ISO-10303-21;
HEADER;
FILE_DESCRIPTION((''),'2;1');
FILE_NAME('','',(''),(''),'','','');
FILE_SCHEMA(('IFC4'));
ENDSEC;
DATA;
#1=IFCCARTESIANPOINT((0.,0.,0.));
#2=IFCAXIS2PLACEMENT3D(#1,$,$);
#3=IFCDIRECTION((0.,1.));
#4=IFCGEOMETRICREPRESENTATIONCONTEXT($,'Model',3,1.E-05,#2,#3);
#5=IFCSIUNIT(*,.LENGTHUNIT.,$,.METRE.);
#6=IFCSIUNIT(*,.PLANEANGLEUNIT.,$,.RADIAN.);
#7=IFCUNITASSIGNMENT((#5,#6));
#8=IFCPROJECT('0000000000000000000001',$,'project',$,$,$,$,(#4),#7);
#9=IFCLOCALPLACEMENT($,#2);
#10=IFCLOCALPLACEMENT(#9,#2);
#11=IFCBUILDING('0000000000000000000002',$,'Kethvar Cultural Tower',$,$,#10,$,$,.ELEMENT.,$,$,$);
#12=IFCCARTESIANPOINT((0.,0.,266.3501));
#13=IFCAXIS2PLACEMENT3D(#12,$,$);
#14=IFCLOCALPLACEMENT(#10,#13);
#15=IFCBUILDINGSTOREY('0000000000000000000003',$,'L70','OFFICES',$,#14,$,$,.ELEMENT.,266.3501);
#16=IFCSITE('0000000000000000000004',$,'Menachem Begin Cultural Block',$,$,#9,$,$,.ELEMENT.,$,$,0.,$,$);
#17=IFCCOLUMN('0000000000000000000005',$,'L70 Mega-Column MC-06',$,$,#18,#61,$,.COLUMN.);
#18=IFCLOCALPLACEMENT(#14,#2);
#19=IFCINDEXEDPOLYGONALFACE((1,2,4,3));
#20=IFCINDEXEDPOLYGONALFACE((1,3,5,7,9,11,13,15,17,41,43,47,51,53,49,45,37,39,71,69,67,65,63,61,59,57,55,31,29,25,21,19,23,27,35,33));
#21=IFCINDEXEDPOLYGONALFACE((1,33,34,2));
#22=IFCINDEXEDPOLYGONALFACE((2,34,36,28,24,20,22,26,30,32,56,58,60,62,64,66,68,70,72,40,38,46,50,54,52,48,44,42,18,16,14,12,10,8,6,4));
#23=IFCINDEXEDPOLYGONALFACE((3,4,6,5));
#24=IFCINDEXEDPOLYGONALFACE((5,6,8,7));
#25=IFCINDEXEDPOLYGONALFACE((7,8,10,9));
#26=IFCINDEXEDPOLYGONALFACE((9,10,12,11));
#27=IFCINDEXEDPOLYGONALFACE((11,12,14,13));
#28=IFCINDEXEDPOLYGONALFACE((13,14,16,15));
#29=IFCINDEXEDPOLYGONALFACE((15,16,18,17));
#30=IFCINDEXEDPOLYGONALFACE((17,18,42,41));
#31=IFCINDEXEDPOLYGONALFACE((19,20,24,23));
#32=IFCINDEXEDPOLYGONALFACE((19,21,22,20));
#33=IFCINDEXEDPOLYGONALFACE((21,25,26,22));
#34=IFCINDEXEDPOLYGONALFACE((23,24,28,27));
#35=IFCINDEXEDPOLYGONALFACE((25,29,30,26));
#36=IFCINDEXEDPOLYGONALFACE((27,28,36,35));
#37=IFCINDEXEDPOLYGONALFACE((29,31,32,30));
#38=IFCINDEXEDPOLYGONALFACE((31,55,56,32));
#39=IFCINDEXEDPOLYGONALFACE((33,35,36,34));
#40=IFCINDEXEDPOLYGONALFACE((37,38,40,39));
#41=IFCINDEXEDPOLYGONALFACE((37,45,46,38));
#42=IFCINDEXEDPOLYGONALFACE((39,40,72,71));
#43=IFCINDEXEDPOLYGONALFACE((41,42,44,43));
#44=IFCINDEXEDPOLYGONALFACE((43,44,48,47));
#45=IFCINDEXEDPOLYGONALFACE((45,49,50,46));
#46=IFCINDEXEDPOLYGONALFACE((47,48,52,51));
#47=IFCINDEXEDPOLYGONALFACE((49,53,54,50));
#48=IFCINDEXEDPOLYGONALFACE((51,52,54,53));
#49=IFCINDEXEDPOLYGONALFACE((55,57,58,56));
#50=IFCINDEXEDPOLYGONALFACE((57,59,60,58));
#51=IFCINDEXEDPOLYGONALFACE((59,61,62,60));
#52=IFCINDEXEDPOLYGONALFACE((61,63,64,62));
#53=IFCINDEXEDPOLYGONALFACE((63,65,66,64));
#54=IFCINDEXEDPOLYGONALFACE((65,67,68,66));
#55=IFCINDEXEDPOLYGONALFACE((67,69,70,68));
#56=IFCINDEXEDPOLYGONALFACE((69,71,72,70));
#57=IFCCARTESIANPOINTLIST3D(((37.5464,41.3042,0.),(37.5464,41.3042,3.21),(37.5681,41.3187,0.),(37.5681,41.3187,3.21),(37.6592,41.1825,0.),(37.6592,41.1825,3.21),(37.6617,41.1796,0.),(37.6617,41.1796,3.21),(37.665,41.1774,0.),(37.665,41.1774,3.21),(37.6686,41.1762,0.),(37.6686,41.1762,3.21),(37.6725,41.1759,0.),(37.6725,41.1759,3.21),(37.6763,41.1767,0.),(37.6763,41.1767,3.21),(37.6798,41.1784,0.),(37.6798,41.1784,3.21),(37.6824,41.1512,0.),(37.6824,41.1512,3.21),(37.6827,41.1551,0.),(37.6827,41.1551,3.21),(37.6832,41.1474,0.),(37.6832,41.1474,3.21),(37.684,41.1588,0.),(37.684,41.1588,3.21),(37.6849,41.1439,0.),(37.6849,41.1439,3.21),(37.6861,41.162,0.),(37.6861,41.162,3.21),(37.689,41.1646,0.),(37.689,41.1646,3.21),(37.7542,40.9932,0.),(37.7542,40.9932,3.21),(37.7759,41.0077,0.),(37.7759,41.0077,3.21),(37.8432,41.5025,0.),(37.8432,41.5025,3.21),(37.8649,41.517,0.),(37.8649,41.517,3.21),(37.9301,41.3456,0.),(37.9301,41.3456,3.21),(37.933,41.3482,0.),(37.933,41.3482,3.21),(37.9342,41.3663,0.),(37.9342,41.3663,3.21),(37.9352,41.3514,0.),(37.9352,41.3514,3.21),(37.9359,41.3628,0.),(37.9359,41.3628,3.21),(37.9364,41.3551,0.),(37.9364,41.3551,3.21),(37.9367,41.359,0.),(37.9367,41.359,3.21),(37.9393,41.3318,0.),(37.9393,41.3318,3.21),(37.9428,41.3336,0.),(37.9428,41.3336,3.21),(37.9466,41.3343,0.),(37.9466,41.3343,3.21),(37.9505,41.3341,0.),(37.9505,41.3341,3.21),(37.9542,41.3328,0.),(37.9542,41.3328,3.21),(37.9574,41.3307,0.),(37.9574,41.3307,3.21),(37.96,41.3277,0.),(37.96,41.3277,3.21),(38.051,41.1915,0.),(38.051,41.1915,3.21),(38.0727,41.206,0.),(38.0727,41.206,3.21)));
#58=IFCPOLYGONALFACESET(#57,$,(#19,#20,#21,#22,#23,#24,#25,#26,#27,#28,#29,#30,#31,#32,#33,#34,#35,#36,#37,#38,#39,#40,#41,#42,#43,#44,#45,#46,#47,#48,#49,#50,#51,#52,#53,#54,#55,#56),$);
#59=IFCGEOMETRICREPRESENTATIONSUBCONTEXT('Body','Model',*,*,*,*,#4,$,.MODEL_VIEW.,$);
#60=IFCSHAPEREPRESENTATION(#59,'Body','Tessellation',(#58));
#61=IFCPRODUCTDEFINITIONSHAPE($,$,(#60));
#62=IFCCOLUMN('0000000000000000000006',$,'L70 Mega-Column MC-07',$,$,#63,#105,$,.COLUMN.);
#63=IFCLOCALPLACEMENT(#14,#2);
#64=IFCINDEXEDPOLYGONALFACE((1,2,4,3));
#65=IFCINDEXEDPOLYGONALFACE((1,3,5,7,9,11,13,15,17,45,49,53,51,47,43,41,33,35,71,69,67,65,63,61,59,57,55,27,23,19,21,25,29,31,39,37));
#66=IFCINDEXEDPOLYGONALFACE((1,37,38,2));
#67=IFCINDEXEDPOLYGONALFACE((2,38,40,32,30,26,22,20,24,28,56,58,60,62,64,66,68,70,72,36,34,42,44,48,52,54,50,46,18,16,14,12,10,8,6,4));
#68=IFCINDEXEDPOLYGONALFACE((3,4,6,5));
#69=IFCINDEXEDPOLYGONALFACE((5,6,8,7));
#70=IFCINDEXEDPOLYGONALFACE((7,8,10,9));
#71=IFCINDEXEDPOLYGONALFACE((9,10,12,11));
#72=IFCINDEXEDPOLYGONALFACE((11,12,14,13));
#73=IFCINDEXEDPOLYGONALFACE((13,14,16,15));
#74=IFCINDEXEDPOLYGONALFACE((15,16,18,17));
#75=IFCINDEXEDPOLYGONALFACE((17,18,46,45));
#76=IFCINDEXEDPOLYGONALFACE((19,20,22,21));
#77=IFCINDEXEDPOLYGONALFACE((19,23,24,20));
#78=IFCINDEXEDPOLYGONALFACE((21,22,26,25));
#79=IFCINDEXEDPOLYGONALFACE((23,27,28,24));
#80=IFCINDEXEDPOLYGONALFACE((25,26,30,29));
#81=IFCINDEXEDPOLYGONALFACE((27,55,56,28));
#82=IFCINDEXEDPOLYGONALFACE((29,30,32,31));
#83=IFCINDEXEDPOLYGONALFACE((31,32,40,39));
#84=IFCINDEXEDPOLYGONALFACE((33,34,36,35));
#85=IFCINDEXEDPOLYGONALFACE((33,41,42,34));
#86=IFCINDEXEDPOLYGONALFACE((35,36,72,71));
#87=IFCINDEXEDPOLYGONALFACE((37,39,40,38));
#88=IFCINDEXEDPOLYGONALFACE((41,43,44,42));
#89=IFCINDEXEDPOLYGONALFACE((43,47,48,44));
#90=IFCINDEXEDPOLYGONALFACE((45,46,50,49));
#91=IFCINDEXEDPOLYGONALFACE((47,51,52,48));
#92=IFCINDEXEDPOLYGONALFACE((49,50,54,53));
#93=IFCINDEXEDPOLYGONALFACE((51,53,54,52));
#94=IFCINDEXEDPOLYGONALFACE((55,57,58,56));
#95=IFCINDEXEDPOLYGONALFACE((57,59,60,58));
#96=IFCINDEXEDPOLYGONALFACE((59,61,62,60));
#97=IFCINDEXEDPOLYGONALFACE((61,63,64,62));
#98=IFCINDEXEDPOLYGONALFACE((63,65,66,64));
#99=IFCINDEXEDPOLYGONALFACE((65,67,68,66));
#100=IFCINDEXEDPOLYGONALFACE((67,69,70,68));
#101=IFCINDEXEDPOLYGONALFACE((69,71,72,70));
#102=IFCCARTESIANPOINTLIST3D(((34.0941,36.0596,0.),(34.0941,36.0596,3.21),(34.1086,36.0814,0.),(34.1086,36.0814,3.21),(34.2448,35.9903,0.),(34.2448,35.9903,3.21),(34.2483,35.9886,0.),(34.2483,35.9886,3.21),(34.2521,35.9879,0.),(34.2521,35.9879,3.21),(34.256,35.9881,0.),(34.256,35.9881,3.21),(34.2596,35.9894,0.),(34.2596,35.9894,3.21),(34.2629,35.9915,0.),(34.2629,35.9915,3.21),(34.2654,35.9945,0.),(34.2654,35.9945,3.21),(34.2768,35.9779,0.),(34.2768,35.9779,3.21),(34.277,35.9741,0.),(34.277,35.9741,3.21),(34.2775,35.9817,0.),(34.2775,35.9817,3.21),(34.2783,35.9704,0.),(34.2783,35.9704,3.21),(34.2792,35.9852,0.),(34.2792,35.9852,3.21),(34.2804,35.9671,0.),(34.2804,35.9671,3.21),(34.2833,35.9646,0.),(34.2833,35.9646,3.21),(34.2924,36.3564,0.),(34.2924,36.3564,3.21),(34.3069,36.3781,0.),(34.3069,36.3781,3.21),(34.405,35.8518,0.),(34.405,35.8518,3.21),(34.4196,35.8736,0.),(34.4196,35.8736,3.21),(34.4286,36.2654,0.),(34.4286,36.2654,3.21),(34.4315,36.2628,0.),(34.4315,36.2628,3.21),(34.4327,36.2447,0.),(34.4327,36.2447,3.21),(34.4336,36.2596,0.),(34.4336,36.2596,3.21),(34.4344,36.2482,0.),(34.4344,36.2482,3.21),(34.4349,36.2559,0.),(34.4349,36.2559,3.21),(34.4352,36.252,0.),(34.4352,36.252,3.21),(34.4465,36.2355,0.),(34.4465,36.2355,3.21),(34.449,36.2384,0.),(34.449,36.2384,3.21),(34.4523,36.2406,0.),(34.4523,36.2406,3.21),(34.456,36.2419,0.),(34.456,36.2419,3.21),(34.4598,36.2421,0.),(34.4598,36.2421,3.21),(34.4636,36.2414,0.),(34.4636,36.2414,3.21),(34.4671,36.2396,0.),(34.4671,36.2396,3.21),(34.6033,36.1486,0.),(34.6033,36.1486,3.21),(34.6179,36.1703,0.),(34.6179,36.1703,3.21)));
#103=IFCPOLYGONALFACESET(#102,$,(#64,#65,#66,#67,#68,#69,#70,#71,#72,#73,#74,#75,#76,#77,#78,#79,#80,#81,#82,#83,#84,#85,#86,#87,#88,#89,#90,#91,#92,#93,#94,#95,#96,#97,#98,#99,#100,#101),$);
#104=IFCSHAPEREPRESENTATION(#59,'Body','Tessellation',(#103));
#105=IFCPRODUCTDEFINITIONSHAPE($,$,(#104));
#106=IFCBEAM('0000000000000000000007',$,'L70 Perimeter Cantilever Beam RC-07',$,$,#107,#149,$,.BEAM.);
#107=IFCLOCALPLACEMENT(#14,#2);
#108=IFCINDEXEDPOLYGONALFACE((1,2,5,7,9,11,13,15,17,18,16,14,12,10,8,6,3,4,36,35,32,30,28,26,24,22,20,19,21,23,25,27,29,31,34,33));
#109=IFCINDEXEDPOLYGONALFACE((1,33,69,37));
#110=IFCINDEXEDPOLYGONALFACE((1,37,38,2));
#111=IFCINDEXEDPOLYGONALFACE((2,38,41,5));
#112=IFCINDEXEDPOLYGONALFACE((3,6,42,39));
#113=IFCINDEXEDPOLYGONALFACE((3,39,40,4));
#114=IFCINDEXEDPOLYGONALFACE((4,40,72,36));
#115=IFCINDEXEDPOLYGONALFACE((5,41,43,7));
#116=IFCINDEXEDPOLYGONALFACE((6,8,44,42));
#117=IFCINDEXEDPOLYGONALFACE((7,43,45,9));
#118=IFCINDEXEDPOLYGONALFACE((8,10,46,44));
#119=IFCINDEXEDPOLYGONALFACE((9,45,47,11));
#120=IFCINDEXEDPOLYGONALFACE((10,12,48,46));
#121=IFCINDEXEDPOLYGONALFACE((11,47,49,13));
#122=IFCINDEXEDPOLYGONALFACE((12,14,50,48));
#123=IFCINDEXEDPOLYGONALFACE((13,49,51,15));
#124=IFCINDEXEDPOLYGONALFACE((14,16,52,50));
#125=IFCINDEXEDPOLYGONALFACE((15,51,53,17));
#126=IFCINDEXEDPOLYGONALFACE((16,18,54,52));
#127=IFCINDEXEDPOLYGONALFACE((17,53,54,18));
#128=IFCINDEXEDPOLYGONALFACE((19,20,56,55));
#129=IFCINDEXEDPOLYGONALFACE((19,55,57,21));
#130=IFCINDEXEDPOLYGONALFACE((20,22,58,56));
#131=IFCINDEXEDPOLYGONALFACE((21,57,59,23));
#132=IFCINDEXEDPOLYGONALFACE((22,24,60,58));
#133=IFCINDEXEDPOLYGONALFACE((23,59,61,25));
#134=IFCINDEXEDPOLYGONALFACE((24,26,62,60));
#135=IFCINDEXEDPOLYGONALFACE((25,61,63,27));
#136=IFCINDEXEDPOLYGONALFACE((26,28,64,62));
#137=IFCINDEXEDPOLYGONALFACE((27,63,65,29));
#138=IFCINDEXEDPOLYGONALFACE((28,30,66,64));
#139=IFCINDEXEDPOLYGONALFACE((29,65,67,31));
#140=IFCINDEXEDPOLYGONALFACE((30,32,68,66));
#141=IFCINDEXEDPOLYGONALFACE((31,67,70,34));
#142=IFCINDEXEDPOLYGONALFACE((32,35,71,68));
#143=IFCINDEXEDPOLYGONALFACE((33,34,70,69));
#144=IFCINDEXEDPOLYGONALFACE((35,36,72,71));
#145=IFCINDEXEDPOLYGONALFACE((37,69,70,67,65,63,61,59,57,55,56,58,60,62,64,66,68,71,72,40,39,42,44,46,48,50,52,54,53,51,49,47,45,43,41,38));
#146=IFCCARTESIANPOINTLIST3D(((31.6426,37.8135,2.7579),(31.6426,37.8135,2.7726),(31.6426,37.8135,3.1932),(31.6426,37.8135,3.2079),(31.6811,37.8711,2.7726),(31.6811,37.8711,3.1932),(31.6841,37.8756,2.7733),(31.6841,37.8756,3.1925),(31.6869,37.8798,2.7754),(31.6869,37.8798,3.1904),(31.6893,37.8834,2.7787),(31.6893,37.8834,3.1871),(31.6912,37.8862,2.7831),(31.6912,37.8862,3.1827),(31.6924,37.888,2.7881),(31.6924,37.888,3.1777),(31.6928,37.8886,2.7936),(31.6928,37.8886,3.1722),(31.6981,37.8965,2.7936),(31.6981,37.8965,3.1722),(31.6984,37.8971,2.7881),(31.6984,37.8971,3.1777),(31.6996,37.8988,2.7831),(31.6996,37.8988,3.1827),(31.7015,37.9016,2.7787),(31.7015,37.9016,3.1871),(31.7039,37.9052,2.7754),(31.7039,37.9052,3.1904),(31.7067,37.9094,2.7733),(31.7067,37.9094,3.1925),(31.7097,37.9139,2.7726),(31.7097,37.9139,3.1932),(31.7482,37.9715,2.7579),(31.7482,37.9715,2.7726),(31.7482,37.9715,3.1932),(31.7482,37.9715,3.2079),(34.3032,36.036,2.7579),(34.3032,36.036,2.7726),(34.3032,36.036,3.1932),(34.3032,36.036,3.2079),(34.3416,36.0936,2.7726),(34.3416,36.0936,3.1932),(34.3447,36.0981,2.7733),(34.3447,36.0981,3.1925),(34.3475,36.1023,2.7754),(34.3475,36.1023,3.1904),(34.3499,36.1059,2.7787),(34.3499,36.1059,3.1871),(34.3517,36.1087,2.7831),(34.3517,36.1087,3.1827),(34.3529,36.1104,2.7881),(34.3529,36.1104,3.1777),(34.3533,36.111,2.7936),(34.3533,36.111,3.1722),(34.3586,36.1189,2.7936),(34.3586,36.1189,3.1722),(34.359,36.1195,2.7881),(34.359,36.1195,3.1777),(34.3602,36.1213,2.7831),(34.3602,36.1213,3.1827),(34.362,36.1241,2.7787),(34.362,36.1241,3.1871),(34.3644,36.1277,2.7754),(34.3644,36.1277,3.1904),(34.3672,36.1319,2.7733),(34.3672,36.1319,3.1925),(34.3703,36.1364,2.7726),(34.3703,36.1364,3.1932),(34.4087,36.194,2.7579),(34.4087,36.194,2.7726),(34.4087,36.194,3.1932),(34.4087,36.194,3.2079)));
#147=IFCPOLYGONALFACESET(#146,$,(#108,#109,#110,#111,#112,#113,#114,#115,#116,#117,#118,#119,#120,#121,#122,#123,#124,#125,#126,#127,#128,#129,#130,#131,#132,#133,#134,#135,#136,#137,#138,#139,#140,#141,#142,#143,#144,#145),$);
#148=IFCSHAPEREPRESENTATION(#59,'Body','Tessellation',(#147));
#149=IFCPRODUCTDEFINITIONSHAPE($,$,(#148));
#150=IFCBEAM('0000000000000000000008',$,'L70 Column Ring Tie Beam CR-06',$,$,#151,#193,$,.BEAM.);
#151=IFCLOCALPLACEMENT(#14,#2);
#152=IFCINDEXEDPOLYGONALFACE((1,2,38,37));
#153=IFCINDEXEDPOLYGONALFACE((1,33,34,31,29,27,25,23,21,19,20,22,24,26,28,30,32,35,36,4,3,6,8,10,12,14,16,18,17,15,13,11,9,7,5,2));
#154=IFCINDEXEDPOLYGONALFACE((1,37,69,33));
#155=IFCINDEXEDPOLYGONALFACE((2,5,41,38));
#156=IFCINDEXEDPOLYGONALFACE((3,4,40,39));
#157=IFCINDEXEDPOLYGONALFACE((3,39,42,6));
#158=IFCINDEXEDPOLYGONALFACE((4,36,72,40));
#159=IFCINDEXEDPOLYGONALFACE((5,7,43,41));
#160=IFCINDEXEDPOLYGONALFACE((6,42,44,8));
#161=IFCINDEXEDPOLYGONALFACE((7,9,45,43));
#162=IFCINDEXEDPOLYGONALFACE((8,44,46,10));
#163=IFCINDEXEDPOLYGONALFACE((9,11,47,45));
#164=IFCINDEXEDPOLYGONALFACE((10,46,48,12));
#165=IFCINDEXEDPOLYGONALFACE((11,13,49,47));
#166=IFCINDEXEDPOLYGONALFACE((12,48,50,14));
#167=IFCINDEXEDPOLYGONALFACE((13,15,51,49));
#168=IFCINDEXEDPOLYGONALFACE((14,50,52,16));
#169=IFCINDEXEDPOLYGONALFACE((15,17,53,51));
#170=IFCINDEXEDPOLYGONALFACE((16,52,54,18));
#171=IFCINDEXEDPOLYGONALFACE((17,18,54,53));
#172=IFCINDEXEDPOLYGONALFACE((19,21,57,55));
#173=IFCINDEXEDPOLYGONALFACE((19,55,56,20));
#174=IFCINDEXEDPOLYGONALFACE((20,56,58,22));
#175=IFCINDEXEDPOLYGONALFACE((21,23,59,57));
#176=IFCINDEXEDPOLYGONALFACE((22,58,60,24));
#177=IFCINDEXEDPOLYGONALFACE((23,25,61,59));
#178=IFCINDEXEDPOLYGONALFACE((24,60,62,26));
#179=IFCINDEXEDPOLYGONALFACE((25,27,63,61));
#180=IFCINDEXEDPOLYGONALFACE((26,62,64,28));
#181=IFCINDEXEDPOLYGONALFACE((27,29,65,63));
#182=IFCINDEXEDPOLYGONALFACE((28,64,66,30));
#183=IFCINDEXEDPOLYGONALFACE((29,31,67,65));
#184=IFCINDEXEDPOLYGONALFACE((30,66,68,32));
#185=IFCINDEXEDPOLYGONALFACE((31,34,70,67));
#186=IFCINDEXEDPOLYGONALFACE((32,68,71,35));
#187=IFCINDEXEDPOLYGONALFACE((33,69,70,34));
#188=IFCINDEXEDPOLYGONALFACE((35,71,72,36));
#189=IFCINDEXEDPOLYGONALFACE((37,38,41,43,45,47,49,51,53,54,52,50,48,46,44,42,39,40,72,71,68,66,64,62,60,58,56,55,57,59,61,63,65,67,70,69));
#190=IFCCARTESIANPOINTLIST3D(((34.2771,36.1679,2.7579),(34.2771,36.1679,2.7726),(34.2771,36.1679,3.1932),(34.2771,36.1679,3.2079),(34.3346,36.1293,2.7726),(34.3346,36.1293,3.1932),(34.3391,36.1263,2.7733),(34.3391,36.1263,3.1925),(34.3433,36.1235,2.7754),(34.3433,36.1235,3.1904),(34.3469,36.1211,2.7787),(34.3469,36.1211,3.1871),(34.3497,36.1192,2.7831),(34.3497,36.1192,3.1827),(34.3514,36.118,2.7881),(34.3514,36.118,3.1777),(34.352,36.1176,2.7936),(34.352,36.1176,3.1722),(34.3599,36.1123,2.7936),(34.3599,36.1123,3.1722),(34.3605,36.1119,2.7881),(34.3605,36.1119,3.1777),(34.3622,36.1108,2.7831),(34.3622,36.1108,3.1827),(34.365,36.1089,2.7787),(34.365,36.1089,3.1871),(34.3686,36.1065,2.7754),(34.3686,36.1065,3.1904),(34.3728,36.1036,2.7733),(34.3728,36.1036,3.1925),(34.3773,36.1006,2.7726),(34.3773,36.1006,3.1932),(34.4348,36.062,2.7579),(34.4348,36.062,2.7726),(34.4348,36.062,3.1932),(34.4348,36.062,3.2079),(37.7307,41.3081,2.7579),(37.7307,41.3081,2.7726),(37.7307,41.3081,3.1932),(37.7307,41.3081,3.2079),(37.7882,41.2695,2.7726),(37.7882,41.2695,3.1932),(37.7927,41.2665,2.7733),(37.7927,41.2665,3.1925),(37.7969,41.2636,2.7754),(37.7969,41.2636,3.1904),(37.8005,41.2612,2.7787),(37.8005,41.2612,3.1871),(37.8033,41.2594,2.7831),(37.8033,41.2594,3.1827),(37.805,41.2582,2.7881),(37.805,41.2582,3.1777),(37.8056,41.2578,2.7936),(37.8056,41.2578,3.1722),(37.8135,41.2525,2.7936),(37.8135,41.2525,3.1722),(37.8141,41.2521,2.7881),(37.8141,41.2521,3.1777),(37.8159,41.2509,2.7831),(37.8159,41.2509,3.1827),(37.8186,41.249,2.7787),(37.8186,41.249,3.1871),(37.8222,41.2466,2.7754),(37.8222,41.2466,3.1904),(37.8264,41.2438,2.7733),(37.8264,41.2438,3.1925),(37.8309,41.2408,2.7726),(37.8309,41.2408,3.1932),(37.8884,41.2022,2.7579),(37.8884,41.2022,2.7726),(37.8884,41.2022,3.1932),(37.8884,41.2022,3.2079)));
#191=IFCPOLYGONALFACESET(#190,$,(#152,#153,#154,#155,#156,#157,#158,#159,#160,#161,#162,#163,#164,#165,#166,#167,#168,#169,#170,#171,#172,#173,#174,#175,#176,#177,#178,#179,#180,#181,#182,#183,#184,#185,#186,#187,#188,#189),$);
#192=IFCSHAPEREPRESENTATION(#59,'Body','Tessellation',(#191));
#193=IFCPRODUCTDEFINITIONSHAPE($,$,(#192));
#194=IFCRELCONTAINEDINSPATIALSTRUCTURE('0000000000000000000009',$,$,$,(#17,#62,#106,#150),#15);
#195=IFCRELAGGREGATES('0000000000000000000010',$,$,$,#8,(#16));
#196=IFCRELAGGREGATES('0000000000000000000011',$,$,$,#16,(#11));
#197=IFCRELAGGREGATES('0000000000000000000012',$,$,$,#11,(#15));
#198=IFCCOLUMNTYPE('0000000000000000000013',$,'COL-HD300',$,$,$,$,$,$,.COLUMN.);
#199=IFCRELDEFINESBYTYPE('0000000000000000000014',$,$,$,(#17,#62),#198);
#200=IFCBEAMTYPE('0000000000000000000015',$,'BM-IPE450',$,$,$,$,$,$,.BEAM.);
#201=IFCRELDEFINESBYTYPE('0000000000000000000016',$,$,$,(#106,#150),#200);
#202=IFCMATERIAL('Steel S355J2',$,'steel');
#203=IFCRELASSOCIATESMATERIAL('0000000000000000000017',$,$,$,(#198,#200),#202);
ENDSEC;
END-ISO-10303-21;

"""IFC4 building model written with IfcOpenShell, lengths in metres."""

from ifc_helpers import new_model, si_unit, direction, frame, origin, origin_2d, place, context, subcontext, project, spatial, i_section, extrude, source, transform, mapped, material, material_profile, profile_set, type_object, element, save


model = new_model("IFC4")

# Units and contexts
model_context = context("Model", 3, precision=1e-05, world=origin(), true_north=direction((0.0, 1.0)))
body_context = subcontext(model_context, "Body", "Model", "MODEL_VIEW")
ifc_project = project(units=[si_unit("LENGTHUNIT", "METRE"), si_unit("PLANEANGLEUNIT", "RADIAN")], contexts=[model_context])

# Site, building, storey
site_placement = place(None, origin())
site = spatial("IfcSite", under=ifc_project, at=site_placement, Name="Menachem Begin Cultural Block", CompositionType="ELEMENT", RefElevation=0.0)
building_placement = place(site_placement, origin())
building = spatial("IfcBuilding", under=site, at=building_placement, Name="Kethvar Cultural Tower", CompositionType="ELEMENT")
storey_placement = place(building_placement, frame((0.0, 0.0, 266.3501)))
storey = spatial("IfcBuildingStorey", under=building, at=storey_placement, Name="L70", Description="OFFICES", CompositionType="ELEMENT", Elevation=266.3501)

# Columns
ifc_material_1 = material(Name="Steel S355J2", Category="steel")
ifc_material_profile_1 = material_profile(ifc_material_1, i_section(OverallWidth=0.374, OverallDepth=0.3831, WebThickness=0.0166, FlangeThickness=0.0261, FilletRadius=0.0149, at=origin_2d()), Name="Steel S355J2 — HD360x300")
ifc_profile_set_1 = profile_set([ifc_material_profile_1], Name="Steel S355J2 — HD360x300")
column_type = type_object("IfcColumnType", Name="COL-HD300", PredefinedType="COLUMN", material=ifc_profile_set_1)
shared_shape_1 = source(origin(), body_context, "Body", "SweptSolid", [
    extrude(i_section(OverallWidth=0.374, OverallDepth=0.3831, WebThickness=0.0166, FlangeThickness=0.0261, FilletRadius=0.0149, at=origin_2d()), origin(), (0.0, 0.0, 1.0), 3.21),
])
for number, where, z_axis, x_axis, name in (
    (1, (37.8096, 41.2551, 0.0), (0.0, 0.0, 1.0), (-0.55557, 0.83147, 0.0), "L70 Mega-Column MC-06"),
    (2, (34.356, 36.115, 0.0), (0.0, 0.0, 1.0), (-0.83147, 0.55557, 0.0), "L70 Mega-Column MC-07"),
):
    element("IfcColumn", number, at=place(storey_placement, frame(where, z_axis=z_axis, x_axis=x_axis)), inside=storey, type_object=column_type, Name=name, PredefinedType="COLUMN", context=body_context, shape_type="MappedRepresentation", body=[
        mapped(shared_shape_1, transform((0.0, 0.0, 0.0), scale=1.0)),
    ])

# Beams
ifc_material_profile_2 = material_profile(ifc_material_1, i_section(OverallWidth=0.1899, OverallDepth=0.45, WebThickness=0.0095, FlangeThickness=0.0146, FilletRadius=0.021, at=origin_2d()), Name="Steel S355J2 — IPE450")
ifc_profile_set_2 = profile_set([ifc_material_profile_2], Name="Steel S355J2 — IPE450")
beam_type_1 = type_object("IfcBeamType", Name="BM-IPE450", PredefinedType="BEAM", material=ifc_profile_set_2)
shared_shape_2 = source(origin(), body_context, "Body", "SweptSolid", [
    extrude(i_section(OverallWidth=0.1899, OverallDepth=0.45, WebThickness=0.0095, FlangeThickness=0.0146, FilletRadius=0.021, at=origin_2d()), origin(), (0.0, 0.0, 1.0), 3.1997),
])
beam_1_placement = place(storey_placement, frame((34.356, 36.115, 2.9829), z_axis=(-0.831498, 0.555527, 0.0), x_axis=(-0.555527, -0.831498, 0.0)))
element("IfcBeam", 3, at=beam_1_placement, inside=storey, type_object=beam_type_1, Name="L70 Perimeter Cantilever Beam RC-07", PredefinedType="BEAM", context=body_context, shape_type="MappedRepresentation", body=[
    mapped(shared_shape_2, transform((0.0, 0.0, 0.0), scale=1.0)),
])
shared_shape_3 = source(origin(), body_context, "Body", "SweptSolid", [
    extrude(i_section(OverallWidth=0.1899, OverallDepth=0.45, WebThickness=0.0095, FlangeThickness=0.0146, FilletRadius=0.021, at=origin_2d()), origin(), (0.0, 0.0, 1.0), 6.1926),
])
beam_2_placement = place(storey_placement, frame((37.8096, 41.2551, 2.9829), z_axis=(-0.557699, -0.830043, 0.0), x_axis=(0.830043, -0.557699, 0.0)))
element("IfcBeam", 4, at=beam_2_placement, inside=storey, type_object=beam_type_1, Name="L70 Column Ring Tie Beam CR-06", PredefinedType="BEAM", context=body_context, shape_type="MappedRepresentation", body=[
    mapped(shared_shape_3, transform((0.0, 0.0, 0.0), scale=1.0)),
])

save(model, "model.ifc")
